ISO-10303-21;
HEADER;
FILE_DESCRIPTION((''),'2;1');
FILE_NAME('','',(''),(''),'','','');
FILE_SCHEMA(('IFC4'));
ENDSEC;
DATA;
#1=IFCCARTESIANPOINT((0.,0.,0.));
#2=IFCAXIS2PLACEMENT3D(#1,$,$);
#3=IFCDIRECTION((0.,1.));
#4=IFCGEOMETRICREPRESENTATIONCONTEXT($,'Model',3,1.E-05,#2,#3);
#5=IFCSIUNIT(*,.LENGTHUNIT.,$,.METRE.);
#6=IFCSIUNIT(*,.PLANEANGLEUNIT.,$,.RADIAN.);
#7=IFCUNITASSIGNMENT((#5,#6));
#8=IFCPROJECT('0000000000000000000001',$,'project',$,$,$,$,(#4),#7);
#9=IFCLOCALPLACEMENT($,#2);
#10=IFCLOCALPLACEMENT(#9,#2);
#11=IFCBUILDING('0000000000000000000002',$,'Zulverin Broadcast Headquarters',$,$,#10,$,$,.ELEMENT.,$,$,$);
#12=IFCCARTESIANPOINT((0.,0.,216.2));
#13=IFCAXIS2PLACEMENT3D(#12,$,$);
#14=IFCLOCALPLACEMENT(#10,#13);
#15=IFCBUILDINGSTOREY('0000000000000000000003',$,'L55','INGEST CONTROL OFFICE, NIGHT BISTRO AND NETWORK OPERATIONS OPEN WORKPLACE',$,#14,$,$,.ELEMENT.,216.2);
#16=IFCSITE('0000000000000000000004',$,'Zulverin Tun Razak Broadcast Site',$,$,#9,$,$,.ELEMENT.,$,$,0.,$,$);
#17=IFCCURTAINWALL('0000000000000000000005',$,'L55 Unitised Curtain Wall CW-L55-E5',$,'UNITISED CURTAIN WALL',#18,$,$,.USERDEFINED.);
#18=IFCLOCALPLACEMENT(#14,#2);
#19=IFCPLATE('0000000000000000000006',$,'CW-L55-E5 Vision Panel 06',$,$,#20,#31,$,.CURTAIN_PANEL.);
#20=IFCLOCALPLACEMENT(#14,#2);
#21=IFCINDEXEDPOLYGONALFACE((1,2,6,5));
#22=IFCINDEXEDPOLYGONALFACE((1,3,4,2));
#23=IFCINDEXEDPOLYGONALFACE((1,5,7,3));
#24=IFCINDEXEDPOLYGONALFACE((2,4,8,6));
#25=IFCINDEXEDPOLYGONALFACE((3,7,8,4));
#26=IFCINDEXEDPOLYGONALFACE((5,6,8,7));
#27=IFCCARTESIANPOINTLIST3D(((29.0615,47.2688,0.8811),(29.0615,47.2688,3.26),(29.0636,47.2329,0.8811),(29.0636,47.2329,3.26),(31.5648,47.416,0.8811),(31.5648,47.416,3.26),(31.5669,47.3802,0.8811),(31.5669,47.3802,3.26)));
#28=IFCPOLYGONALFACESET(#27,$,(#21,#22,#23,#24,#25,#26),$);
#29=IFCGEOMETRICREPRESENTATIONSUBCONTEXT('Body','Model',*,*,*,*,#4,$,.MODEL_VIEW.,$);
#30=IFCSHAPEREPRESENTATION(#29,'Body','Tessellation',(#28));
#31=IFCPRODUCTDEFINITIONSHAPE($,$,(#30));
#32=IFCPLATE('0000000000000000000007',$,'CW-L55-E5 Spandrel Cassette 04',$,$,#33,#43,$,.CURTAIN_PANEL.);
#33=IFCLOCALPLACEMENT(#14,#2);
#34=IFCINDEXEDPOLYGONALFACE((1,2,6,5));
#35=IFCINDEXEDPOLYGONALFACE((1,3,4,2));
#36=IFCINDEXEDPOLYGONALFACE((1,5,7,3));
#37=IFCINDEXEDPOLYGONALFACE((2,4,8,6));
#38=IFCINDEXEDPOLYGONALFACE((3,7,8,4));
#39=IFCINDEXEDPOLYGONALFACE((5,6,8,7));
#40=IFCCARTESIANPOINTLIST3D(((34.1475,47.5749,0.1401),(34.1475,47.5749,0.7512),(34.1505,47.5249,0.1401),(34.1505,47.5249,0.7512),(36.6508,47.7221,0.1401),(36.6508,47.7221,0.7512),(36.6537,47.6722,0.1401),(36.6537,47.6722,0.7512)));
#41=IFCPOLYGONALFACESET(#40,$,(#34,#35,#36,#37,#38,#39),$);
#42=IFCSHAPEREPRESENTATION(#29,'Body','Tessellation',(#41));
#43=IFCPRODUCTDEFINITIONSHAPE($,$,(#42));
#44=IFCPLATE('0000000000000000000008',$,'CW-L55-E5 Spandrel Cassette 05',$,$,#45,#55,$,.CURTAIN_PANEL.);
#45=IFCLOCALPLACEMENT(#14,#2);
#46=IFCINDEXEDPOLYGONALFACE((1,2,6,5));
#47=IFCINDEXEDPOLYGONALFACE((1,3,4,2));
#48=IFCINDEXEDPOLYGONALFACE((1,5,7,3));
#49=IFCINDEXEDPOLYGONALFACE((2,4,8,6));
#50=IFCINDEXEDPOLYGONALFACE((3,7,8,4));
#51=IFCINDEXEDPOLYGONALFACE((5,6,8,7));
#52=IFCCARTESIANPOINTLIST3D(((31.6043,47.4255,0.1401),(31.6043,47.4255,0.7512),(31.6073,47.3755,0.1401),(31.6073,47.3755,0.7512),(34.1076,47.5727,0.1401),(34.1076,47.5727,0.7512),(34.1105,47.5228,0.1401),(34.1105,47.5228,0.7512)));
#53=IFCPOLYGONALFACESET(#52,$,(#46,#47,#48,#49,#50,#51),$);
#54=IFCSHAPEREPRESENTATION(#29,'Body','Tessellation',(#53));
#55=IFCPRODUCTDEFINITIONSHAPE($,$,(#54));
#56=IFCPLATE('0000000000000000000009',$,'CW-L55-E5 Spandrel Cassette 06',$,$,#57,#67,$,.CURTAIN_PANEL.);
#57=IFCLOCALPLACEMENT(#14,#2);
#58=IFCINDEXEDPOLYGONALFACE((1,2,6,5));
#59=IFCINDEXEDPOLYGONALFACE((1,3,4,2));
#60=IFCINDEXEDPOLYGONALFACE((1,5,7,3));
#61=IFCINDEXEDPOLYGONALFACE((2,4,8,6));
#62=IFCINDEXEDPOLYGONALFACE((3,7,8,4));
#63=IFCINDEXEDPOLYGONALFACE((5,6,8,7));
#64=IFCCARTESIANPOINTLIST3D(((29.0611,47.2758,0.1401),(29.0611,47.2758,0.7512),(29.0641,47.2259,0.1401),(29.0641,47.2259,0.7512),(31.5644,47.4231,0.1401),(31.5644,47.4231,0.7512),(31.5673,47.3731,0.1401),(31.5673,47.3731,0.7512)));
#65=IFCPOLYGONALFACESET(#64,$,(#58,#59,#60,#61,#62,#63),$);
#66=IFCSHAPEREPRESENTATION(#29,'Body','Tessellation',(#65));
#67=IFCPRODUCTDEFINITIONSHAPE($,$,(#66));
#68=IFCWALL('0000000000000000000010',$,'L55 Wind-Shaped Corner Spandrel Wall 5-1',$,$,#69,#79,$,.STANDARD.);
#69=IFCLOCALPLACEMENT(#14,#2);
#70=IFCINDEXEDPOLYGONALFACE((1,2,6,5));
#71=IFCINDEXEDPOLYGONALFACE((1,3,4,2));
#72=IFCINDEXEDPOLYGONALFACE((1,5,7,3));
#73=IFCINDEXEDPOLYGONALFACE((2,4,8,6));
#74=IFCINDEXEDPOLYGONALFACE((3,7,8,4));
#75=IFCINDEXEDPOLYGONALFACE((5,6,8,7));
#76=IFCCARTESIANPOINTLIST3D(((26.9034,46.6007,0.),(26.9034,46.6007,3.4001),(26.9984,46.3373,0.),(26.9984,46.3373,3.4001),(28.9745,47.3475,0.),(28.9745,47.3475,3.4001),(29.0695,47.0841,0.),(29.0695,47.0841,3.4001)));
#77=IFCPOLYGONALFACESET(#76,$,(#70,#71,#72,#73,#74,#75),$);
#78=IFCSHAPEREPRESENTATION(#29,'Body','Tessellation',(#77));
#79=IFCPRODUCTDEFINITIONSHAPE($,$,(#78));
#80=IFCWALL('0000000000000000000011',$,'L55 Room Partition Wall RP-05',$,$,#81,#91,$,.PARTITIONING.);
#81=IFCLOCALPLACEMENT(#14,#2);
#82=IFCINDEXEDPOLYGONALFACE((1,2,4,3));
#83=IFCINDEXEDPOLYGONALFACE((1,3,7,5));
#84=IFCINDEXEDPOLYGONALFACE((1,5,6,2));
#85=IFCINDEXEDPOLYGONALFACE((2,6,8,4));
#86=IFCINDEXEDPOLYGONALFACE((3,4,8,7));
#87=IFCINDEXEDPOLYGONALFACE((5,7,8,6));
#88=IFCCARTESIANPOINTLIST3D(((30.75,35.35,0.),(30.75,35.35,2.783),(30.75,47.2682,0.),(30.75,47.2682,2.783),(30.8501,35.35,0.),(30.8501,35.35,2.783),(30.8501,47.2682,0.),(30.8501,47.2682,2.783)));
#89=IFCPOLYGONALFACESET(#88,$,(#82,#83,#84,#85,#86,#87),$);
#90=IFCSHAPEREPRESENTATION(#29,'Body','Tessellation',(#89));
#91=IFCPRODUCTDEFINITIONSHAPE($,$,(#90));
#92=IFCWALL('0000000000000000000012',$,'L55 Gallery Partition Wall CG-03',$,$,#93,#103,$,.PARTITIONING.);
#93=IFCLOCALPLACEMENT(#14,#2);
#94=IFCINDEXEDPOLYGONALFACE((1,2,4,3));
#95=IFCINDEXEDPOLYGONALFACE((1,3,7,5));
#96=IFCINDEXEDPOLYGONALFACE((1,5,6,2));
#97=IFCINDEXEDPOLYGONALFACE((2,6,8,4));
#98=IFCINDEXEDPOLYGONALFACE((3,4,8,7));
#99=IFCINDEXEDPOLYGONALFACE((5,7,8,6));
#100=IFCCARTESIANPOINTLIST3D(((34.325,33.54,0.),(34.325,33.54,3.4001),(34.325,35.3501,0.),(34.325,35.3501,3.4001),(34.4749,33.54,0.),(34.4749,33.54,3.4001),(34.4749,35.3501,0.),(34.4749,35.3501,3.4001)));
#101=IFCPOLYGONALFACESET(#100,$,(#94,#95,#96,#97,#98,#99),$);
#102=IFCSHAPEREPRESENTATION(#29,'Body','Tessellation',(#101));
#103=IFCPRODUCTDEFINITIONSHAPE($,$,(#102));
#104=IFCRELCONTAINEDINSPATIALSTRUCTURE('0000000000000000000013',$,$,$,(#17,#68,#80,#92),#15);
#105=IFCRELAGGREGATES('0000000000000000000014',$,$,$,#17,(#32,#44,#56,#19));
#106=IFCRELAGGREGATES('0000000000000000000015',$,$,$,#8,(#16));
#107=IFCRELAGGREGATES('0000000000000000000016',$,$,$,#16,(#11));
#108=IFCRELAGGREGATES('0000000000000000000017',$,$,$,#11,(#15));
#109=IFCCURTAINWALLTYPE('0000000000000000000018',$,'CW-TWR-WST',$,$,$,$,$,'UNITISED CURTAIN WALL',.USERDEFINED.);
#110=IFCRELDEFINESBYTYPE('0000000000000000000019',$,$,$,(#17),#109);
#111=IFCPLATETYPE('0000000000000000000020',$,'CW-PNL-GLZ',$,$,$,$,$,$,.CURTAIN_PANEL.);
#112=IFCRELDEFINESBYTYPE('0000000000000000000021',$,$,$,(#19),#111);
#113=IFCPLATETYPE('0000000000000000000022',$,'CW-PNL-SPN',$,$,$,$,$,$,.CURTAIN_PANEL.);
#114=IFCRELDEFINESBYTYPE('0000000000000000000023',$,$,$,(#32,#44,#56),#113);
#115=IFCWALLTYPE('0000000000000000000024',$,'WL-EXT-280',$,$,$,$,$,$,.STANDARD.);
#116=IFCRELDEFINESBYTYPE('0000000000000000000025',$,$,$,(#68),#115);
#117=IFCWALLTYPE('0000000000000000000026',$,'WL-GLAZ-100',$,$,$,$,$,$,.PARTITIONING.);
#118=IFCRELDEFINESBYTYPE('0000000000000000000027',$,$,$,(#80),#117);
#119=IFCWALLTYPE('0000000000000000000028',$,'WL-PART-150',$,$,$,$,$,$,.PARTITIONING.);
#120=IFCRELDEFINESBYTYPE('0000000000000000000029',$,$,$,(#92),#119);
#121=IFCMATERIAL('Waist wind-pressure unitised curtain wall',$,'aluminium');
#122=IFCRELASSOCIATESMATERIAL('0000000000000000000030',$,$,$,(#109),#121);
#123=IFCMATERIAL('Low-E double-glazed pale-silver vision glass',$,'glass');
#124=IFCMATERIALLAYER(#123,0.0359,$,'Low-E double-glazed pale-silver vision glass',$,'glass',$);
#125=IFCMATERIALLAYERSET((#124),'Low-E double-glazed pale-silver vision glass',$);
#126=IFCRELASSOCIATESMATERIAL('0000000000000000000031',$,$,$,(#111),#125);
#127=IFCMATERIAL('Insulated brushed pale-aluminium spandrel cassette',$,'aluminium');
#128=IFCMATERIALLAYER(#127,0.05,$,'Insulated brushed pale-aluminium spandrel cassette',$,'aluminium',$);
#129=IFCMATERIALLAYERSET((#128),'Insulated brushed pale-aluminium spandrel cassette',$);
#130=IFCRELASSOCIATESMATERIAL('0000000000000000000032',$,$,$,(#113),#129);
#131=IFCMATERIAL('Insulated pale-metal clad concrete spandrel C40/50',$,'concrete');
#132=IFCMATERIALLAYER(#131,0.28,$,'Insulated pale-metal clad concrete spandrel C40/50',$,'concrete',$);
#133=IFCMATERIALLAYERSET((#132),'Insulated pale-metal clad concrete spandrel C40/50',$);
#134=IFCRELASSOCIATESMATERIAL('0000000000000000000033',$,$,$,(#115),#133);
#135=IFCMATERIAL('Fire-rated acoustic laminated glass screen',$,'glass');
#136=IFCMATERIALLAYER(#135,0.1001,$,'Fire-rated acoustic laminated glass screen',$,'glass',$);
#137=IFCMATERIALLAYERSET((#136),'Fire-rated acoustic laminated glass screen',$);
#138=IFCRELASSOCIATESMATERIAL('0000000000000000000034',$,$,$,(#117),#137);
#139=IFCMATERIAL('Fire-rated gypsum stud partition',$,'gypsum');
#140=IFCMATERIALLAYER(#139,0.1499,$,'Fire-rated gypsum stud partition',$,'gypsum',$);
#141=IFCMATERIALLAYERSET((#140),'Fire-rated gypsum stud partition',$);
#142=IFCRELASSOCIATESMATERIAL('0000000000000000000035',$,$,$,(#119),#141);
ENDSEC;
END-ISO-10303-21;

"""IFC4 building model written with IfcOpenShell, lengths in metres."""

from ifc_helpers import new_model, si_unit, direction, frame, frame_2d, origin, origin_2d, place, context, subcontext, project, spatial, rectangle, extrude, material, layer, layer_set, type_object, element, aggregate, save


model = new_model("IFC4")

# Units and contexts
model_context = context("Model", 3, precision=1e-05, world=origin(), true_north=direction((0.0, 1.0)))
body_context = subcontext(model_context, "Body", "Model", "MODEL_VIEW")
ifc_project = project(units=[si_unit("LENGTHUNIT", "METRE"), si_unit("PLANEANGLEUNIT", "RADIAN")], contexts=[model_context])

# Site, building, storey
site_placement = place(None, origin())
site = spatial("IfcSite", under=ifc_project, at=site_placement, Name="Zulverin Tun Razak Broadcast Site", CompositionType="ELEMENT", RefElevation=0.0)
building_placement = place(site_placement, origin())
building = spatial("IfcBuilding", under=site, at=building_placement, Name="Zulverin Broadcast Headquarters", CompositionType="ELEMENT")
storey_placement = place(building_placement, frame((0.0, 0.0, 216.2)))
storey = spatial("IfcBuildingStorey", under=building, at=storey_placement, Name="L55", Description="INGEST CONTROL OFFICE, NIGHT BISTRO AND NETWORK OPERATIONS OPEN WORKPLACE", CompositionType="ELEMENT", Elevation=216.2)

# Curtain wall, plates
ifc_material_1 = material(Name="Waist wind-pressure unitised curtain wall", Category="aluminium")
curtain_wall_type = type_object("IfcCurtainWallType", Name="CW-TWR-WST", ElementType="UNITISED CURTAIN WALL", PredefinedType="USERDEFINED", material=ifc_material_1)
curtain_wall_placement = place(storey_placement, origin())
curtain_wall = element("IfcCurtainWall", 1, at=curtain_wall_placement, inside=storey, type_object=curtain_wall_type, Name="L55 Unitised Curtain Wall CW-L55-E5", ObjectType="UNITISED CURTAIN WALL", PredefinedType="USERDEFINED")
ifc_material_2 = material(Name="Low-E double-glazed pale-silver vision glass", Category="glass")
ifc_layer_1 = layer(ifc_material_2, 0.0359, Name="Low-E double-glazed pale-silver vision glass", Category="glass")
ifc_layer_set_1 = layer_set([ifc_layer_1], Name="Low-E double-glazed pale-silver vision glass")
plate_type_1 = type_object("IfcPlateType", Name="CW-PNL-GLZ", PredefinedType="CURTAIN_PANEL", material=ifc_layer_set_1)
plate_1_placement = place(storey_placement, frame((30.3142, 47.3245, 0.8811), z_axis=(0.0, 0.0, 1.0), x_axis=(-0.998274, -0.058723, 0.0)))
plate_1 = element("IfcPlate", 2, at=plate_1_placement, type_object=plate_type_1, Name="CW-L55-E5 Vision Panel 06", PredefinedType="CURTAIN_PANEL", context=body_context, shape_type="SweptSolid", body=[
    extrude(rectangle(XDim=2.5076, YDim=0.0359, at=origin_2d()), origin(), (0.0, 0.0, 1.0), 2.3789),
])
ifc_material_3 = material(Name="Insulated brushed pale-aluminium spandrel cassette", Category="aluminium")
ifc_layer_2 = layer(ifc_material_3, 0.05, Name="Insulated brushed pale-aluminium spandrel cassette", Category="aluminium")
ifc_layer_set_2 = layer_set([ifc_layer_2], Name="Insulated brushed pale-aluminium spandrel cassette")
plate_type_2 = type_object("IfcPlateType", Name="CW-PNL-SPN", PredefinedType="CURTAIN_PANEL", material=ifc_layer_set_2)
plate_2_placement = place(storey_placement, frame((35.4006, 47.6235, 0.1401), z_axis=(0.0, 0.0, 1.0), x_axis=(-0.998274, -0.058723, 0.0)))
plate_2 = element("IfcPlate", 3, at=plate_2_placement, type_object=plate_type_2, Name="CW-L55-E5 Spandrel Cassette 04", PredefinedType="CURTAIN_PANEL", context=body_context, shape_type="SweptSolid", body=[
    extrude(rectangle(XDim=2.5076, YDim=0.05, at=origin_2d()), origin(), (0.0, 0.0, 1.0), 0.6111),
])
plate_3_placement = place(storey_placement, frame((32.8574, 47.4741, 0.1401), z_axis=(0.0, 0.0, 1.0), x_axis=(-0.998274, -0.058723, 0.0)))
plate_3 = element("IfcPlate", 4, at=plate_3_placement, type_object=plate_type_2, Name="CW-L55-E5 Spandrel Cassette 05", PredefinedType="CURTAIN_PANEL", context=body_context, shape_type="SweptSolid", body=[
    extrude(rectangle(XDim=2.5076, YDim=0.05, at=origin_2d()), origin(), (0.0, 0.0, 1.0), 0.6111),
])
plate_4_placement = place(storey_placement, frame((30.3142, 47.3245, 0.1401), z_axis=(0.0, 0.0, 1.0), x_axis=(-0.998274, -0.058723, 0.0)))
plate_4 = element("IfcPlate", 5, at=plate_4_placement, type_object=plate_type_2, Name="CW-L55-E5 Spandrel Cassette 06", PredefinedType="CURTAIN_PANEL", context=body_context, shape_type="SweptSolid", body=[
    extrude(rectangle(XDim=2.5076, YDim=0.05, at=origin_2d()), origin(), (0.0, 0.0, 1.0), 0.6111),
])
aggregate(curtain_wall, [plate_2, plate_3, plate_4, plate_1])

# Walls
ifc_material_4 = material(Name="Insulated pale-metal clad concrete spandrel C40/50", Category="concrete")
ifc_layer_3 = layer(ifc_material_4, 0.28, Name="Insulated pale-metal clad concrete spandrel C40/50", Category="concrete")
ifc_layer_set_3 = layer_set([ifc_layer_3], Name="Insulated pale-metal clad concrete spandrel C40/50")
wall_type_1 = type_object("IfcWallType", Name="WL-EXT-280", PredefinedType="STANDARD", material=ifc_layer_set_3)
wall_1_placement = place(storey_placement, frame((29.022, 47.2158, 0.0), z_axis=(0.0, 0.0, 1.0), x_axis=(-0.940706, -0.339222, 0.0)))
element("IfcWall", 6, at=wall_1_placement, inside=storey, type_object=wall_type_1, Name="L55 Wind-Shaped Corner Spandrel Wall 5-1", PredefinedType="STANDARD", context=body_context, shape_type="SweptSolid", body=[
    extrude(rectangle(XDim=2.2017, YDim=0.28, at=frame_2d((1.1008, 0.0))), origin(), (0.0, 0.0, 1.0), 3.4001),
])
ifc_material_5 = material(Name="Fire-rated acoustic laminated glass screen", Category="glass")
ifc_layer_4 = layer(ifc_material_5, 0.1001, Name="Fire-rated acoustic laminated glass screen", Category="glass")
ifc_layer_set_4 = layer_set([ifc_layer_4], Name="Fire-rated acoustic laminated glass screen")
wall_type_2 = type_object("IfcWallType", Name="WL-GLAZ-100", PredefinedType="PARTITIONING", material=ifc_layer_set_4)
wall_2_placement = place(storey_placement, frame((30.8, 35.3501, 0.0), z_axis=(0.0, 0.0, 1.0), x_axis=(0.0, 1.0, 0.0)))
element("IfcWall", 7, at=wall_2_placement, inside=storey, type_object=wall_type_2, Name="L55 Room Partition Wall RP-05", PredefinedType="PARTITIONING", context=body_context, shape_type="SweptSolid", body=[
    extrude(rectangle(XDim=11.9182, YDim=0.1001, at=frame_2d((5.959, 0.0))), origin(), (0.0, 0.0, 1.0), 2.783),
])
ifc_material_6 = material(Name="Fire-rated gypsum stud partition", Category="gypsum")
ifc_layer_5 = layer(ifc_material_6, 0.1499, Name="Fire-rated gypsum stud partition", Category="gypsum")
ifc_layer_set_5 = layer_set([ifc_layer_5], Name="Fire-rated gypsum stud partition")
wall_type_3 = type_object("IfcWallType", Name="WL-PART-150", PredefinedType="PARTITIONING", material=ifc_layer_set_5)
wall_3_placement = place(storey_placement, frame((34.3999, 33.54, 0.0), z_axis=(0.0, 0.0, 1.0), x_axis=(0.0, 1.0, 0.0)))
element("IfcWall", 8, at=wall_3_placement, inside=storey, type_object=wall_type_3, Name="L55 Gallery Partition Wall CG-03", PredefinedType="PARTITIONING", context=body_context, shape_type="SweptSolid", body=[
    extrude(rectangle(XDim=1.8101, YDim=0.1499, at=frame_2d((0.905, 0.0))), origin(), (0.0, 0.0, 1.0), 3.4001),
])

save(model, "model.ifc")
